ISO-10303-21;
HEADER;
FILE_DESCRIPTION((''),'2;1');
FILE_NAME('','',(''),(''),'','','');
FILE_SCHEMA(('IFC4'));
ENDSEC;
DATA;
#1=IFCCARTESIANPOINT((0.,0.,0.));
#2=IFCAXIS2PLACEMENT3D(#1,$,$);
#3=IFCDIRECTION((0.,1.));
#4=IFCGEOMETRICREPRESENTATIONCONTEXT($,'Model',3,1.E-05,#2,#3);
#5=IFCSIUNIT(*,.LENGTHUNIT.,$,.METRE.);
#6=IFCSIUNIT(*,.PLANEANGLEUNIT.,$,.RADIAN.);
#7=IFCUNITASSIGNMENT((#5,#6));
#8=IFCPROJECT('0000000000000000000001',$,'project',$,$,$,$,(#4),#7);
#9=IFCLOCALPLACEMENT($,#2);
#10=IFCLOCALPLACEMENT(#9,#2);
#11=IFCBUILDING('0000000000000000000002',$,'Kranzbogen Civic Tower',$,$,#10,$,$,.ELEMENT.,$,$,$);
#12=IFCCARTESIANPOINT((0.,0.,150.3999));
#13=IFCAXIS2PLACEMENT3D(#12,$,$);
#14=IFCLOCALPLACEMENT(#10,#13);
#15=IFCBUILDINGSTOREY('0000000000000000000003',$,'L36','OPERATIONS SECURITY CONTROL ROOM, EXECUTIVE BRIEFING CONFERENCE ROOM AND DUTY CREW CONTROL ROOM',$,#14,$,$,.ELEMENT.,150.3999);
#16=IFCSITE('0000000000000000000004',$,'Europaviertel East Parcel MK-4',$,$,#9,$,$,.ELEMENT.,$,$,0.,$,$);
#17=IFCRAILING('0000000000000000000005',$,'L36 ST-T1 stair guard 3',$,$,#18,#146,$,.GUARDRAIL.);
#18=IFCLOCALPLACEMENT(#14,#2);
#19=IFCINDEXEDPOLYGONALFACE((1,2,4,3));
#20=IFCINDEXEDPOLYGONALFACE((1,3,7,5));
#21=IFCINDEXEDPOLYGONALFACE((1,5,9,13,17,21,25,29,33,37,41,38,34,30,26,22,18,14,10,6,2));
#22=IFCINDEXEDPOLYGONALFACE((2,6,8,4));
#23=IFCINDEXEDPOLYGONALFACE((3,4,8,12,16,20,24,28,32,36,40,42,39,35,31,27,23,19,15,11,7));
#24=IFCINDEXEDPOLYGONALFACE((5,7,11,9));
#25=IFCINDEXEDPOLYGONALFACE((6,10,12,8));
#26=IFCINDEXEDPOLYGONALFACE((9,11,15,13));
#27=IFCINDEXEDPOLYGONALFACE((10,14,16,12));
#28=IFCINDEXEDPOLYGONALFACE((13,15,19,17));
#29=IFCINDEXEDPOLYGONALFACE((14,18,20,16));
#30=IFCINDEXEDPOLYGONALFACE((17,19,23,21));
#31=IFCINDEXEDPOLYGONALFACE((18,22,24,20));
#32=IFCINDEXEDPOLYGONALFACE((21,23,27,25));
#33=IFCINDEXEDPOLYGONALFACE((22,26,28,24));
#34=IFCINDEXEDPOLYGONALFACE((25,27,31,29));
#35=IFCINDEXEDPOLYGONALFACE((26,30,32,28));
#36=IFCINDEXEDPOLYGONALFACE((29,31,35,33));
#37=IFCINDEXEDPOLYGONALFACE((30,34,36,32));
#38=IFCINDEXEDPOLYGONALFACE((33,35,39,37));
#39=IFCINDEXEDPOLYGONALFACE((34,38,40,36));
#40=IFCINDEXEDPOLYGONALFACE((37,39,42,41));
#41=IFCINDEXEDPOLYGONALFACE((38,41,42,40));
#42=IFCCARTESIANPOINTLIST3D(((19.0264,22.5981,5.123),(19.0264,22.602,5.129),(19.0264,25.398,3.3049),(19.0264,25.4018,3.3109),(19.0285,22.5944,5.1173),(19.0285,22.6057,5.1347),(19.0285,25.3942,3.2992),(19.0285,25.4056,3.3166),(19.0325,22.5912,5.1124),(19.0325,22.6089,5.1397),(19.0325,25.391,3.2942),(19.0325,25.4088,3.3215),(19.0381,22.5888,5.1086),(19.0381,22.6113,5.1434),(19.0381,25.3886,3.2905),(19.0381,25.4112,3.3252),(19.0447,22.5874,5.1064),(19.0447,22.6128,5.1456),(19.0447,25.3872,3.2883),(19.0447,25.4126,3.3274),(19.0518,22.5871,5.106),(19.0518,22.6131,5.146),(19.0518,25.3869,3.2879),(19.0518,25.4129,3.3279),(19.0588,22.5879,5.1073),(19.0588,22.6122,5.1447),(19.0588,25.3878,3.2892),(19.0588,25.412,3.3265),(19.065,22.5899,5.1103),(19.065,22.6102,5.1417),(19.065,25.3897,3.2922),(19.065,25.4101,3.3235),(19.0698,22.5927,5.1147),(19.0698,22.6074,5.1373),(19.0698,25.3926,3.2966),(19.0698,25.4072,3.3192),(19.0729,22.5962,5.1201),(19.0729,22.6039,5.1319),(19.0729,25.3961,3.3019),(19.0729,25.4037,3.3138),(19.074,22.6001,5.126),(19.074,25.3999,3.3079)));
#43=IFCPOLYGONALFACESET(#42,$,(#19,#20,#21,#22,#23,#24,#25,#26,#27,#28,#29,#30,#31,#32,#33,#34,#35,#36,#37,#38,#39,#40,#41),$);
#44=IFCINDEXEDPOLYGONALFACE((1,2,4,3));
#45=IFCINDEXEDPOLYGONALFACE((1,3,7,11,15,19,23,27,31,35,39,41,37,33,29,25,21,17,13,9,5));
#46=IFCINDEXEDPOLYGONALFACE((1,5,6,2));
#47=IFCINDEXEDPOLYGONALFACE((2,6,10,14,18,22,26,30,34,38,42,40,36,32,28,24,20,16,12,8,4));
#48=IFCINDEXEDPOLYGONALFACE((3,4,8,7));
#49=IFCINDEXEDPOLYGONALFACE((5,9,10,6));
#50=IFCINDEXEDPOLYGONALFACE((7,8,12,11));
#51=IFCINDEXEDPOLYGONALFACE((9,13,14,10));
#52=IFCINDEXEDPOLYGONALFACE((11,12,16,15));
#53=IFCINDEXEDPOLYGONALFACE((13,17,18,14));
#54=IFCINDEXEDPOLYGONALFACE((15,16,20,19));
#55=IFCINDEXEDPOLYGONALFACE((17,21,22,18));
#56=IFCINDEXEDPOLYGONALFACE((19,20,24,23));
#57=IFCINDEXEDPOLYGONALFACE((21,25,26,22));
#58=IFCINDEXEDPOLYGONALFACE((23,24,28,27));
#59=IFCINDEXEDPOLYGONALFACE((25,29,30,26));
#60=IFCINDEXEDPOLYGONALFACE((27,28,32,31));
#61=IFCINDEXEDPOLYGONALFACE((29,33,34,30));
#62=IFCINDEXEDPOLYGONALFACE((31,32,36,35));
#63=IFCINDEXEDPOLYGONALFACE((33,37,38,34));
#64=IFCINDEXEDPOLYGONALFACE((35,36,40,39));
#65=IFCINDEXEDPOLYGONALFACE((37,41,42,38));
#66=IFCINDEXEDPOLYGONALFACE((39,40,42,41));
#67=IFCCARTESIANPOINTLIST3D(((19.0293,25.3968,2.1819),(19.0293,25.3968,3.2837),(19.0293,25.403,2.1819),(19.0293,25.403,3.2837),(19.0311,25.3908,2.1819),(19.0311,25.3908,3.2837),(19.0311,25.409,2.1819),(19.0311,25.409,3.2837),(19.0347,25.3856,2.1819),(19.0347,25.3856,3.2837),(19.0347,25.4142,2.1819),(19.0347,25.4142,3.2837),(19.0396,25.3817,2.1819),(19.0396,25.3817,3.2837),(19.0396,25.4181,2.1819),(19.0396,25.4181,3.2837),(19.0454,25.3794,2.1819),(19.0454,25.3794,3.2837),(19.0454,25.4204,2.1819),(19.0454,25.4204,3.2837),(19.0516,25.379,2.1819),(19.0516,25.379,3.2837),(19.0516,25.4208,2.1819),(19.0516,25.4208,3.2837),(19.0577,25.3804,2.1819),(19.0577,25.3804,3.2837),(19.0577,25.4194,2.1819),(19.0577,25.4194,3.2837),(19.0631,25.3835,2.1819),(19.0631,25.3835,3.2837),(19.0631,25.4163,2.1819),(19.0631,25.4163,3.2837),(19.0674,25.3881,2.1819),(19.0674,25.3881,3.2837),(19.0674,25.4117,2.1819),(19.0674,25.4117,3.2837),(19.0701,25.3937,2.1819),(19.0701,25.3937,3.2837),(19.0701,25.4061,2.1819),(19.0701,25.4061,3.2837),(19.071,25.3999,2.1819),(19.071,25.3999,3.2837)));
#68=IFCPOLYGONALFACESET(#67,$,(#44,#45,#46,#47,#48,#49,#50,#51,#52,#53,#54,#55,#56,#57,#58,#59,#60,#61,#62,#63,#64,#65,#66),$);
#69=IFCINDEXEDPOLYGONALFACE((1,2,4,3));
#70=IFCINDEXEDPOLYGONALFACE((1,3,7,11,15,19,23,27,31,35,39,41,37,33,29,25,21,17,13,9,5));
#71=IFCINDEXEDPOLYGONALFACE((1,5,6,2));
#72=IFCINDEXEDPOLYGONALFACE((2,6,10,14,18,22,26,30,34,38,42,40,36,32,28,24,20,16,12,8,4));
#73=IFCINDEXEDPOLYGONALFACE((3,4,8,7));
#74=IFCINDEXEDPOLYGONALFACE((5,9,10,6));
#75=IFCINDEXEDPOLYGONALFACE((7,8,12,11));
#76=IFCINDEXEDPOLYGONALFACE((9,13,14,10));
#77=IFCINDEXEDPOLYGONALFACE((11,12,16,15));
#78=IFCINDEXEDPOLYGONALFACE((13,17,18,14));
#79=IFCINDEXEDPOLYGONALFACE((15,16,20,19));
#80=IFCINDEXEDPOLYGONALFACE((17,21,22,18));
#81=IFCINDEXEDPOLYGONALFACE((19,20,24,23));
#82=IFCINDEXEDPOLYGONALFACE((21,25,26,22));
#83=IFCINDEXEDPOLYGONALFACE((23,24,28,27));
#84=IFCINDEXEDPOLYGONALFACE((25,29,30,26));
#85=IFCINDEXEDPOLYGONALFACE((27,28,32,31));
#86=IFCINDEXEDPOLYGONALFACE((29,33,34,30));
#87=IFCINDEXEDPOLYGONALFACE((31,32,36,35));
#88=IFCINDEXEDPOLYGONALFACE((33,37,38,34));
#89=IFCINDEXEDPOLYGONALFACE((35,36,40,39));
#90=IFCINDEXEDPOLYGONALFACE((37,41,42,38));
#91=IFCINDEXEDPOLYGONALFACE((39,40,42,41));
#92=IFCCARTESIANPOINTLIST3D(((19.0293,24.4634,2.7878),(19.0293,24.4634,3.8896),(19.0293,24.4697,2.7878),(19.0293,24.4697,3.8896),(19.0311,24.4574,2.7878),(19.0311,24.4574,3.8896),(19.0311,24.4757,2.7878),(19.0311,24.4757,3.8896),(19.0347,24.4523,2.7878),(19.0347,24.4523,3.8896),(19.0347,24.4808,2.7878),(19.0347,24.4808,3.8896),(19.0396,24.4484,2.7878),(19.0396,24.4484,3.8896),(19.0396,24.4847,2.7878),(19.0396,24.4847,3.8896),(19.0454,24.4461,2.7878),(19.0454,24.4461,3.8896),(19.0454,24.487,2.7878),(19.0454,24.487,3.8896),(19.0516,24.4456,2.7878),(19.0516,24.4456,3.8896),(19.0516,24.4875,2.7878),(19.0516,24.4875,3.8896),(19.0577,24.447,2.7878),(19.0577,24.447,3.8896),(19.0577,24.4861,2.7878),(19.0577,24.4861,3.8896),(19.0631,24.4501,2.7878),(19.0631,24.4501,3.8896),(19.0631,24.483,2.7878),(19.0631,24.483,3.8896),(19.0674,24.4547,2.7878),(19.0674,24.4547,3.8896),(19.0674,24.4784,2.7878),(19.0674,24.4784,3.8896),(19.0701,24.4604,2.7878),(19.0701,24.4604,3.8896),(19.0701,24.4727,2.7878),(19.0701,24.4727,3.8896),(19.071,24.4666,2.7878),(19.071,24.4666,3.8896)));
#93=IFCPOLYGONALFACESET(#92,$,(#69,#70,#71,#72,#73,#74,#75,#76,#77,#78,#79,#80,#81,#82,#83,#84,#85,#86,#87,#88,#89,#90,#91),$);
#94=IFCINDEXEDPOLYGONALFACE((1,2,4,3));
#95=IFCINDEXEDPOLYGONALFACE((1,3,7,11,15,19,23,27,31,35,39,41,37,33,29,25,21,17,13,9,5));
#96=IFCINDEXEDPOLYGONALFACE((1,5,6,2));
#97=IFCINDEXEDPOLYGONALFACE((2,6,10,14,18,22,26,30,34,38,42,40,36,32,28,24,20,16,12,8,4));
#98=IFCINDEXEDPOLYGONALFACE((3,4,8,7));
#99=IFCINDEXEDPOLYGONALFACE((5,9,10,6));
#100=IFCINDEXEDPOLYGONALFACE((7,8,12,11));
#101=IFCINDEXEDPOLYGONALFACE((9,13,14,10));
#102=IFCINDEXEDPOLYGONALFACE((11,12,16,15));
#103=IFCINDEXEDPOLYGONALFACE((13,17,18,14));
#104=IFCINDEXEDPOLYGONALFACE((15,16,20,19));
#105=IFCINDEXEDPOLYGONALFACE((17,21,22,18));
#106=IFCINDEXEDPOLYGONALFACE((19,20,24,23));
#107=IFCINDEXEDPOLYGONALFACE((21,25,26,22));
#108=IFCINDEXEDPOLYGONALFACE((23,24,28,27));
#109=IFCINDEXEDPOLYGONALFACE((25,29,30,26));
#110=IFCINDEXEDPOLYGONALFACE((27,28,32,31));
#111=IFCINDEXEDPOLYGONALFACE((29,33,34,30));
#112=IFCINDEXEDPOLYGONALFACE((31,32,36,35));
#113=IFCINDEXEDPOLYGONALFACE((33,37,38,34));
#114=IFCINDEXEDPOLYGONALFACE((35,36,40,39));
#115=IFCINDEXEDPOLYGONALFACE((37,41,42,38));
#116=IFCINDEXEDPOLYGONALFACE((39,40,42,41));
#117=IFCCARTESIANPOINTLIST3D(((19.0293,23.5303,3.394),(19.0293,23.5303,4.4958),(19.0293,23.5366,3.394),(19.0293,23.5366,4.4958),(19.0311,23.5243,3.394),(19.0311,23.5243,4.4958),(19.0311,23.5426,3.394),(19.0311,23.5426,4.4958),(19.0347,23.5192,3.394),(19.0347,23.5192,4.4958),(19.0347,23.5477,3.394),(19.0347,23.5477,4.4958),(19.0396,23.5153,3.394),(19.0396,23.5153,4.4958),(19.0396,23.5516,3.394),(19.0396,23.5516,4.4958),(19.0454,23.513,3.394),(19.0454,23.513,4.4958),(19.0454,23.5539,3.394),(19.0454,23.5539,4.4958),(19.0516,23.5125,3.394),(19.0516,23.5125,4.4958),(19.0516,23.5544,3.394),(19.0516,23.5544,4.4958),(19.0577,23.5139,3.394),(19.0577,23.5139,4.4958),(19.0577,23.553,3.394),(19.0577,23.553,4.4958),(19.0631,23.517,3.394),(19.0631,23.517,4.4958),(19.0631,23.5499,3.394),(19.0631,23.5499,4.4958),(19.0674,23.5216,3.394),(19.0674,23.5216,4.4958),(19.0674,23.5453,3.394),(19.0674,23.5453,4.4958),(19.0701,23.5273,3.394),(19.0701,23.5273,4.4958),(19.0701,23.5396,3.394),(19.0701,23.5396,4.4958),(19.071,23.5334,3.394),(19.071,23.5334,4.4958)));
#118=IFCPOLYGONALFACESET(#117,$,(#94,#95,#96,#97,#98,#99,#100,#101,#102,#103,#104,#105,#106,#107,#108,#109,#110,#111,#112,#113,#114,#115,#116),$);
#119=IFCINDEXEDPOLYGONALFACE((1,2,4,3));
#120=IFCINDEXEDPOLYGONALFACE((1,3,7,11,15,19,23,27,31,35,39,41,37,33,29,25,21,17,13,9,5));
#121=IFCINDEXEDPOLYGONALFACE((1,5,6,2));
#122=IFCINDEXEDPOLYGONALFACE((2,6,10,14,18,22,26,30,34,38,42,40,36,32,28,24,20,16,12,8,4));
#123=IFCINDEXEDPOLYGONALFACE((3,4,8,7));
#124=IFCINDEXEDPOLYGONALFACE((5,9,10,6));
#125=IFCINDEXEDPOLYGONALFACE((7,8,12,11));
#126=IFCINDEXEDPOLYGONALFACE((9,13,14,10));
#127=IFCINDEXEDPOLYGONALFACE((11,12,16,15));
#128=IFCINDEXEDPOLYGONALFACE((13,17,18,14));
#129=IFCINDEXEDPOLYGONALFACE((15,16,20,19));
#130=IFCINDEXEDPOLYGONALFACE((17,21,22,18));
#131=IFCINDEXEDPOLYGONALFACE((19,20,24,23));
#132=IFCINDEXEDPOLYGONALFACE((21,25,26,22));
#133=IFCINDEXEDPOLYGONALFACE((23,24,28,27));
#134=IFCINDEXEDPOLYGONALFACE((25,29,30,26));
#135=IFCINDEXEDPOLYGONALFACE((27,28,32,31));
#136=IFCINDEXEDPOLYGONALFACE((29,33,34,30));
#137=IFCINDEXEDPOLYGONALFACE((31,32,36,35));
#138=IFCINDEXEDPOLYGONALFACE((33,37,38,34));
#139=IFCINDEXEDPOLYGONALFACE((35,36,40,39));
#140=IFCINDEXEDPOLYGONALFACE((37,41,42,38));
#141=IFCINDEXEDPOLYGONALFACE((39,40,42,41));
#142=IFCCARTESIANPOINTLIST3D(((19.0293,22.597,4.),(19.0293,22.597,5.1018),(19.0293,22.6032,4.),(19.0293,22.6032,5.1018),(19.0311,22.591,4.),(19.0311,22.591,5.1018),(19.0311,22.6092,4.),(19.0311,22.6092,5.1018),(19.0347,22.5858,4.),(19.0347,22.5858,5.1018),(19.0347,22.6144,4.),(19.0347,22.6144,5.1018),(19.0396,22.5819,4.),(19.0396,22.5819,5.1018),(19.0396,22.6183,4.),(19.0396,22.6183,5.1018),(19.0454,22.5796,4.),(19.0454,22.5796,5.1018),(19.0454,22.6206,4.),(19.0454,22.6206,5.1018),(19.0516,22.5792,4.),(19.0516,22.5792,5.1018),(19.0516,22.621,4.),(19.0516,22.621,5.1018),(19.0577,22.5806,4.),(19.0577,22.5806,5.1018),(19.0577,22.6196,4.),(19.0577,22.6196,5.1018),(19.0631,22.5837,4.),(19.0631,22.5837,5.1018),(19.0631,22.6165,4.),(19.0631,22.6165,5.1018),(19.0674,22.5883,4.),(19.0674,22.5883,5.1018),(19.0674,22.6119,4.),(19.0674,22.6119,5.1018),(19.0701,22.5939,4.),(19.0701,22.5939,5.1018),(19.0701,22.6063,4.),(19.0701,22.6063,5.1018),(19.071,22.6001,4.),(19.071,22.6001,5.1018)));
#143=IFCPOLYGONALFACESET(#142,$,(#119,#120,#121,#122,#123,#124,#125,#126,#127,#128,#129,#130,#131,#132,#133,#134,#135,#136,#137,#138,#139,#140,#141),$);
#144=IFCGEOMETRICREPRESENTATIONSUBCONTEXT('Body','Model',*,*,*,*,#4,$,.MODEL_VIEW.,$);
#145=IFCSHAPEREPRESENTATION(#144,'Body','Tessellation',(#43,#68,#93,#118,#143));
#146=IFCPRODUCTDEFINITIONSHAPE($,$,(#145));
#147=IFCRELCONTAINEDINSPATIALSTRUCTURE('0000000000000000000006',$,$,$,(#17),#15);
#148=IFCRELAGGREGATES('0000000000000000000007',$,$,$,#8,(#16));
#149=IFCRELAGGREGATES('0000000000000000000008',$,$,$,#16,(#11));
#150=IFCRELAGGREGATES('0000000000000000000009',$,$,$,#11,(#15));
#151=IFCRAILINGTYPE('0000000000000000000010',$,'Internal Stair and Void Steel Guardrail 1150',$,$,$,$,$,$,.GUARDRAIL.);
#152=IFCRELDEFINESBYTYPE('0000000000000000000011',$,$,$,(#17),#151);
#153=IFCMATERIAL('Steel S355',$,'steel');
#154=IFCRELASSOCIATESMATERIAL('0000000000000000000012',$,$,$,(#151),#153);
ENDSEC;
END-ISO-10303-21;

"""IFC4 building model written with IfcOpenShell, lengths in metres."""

from ifc_helpers import new_model, si_unit, direction, frame, origin, origin_2d, place, context, subcontext, project, spatial, circle, extrude, material, type_object, element, save


model = new_model("IFC4")

# Units and contexts
model_context = context("Model", 3, precision=1e-05, world=origin(), true_north=direction((0.0, 1.0)))
body_context = subcontext(model_context, "Body", "Model", "MODEL_VIEW")
ifc_project = project(units=[si_unit("LENGTHUNIT", "METRE"), si_unit("PLANEANGLEUNIT", "RADIAN")], contexts=[model_context])

# Site, building, storey
site_placement = place(None, origin())
site = spatial("IfcSite", under=ifc_project, at=site_placement, Name="Europaviertel East Parcel MK-4", CompositionType="ELEMENT", RefElevation=0.0)
building_placement = place(site_placement, origin())
building = spatial("IfcBuilding", under=site, at=building_placement, Name="Kranzbogen Civic Tower", CompositionType="ELEMENT")
storey_placement = place(building_placement, frame((0.0, 0.0, 150.3999)))
storey = spatial("IfcBuildingStorey", under=building, at=storey_placement, Name="L36", Description="OPERATIONS SECURITY CONTROL ROOM, EXECUTIVE BRIEFING CONFERENCE ROOM AND DUTY CREW CONTROL ROOM", CompositionType="ELEMENT", Elevation=150.3999)

# Shared definitions
ifc_material_1 = material(Name="Steel S355", Category="steel")

# Railing
railing_type_1 = type_object("IfcRailingType", Name="Internal Stair and Void Steel Guardrail 1150", PredefinedType="GUARDRAIL", material=ifc_material_1)
railing_1_placement = place(storey_placement, frame((19.05, 25.3999, 2.1819)))
element("IfcRailing", 1, at=railing_1_placement, inside=storey, type_object=railing_type_1, Name="L36 ST-T1 stair guard 3", PredefinedType="GUARDRAIL", context=body_context, shape_type="SweptSolid", body=[
    extrude(circle(Radius=0.0239, at=origin_2d()), frame((0.0, 0.0, 1.126), z_axis=(0.0, -0.838684, 0.544618), x_axis=(1.0, 0.0, 0.0)), (0.0, 0.0, 1.0), 3.3384),
    extrude(circle(Radius=0.021, at=origin_2d()), origin(), (0.0, 0.0, 1.0), 1.1018),
    extrude(circle(Radius=0.021, at=origin_2d()), frame((0.0, -0.9333, 0.606)), (0.0, 0.0, 1.0), 1.1018),
    extrude(circle(Radius=0.021, at=origin_2d()), frame((0.0, -1.8665, 1.2122)), (0.0, 0.0, 1.0), 1.1018),
    extrude(circle(Radius=0.021, at=origin_2d()), frame((0.0, -2.7998, 1.8181)), (0.0, 0.0, 1.0), 1.1018),
])

save(model, "model.ifc")
